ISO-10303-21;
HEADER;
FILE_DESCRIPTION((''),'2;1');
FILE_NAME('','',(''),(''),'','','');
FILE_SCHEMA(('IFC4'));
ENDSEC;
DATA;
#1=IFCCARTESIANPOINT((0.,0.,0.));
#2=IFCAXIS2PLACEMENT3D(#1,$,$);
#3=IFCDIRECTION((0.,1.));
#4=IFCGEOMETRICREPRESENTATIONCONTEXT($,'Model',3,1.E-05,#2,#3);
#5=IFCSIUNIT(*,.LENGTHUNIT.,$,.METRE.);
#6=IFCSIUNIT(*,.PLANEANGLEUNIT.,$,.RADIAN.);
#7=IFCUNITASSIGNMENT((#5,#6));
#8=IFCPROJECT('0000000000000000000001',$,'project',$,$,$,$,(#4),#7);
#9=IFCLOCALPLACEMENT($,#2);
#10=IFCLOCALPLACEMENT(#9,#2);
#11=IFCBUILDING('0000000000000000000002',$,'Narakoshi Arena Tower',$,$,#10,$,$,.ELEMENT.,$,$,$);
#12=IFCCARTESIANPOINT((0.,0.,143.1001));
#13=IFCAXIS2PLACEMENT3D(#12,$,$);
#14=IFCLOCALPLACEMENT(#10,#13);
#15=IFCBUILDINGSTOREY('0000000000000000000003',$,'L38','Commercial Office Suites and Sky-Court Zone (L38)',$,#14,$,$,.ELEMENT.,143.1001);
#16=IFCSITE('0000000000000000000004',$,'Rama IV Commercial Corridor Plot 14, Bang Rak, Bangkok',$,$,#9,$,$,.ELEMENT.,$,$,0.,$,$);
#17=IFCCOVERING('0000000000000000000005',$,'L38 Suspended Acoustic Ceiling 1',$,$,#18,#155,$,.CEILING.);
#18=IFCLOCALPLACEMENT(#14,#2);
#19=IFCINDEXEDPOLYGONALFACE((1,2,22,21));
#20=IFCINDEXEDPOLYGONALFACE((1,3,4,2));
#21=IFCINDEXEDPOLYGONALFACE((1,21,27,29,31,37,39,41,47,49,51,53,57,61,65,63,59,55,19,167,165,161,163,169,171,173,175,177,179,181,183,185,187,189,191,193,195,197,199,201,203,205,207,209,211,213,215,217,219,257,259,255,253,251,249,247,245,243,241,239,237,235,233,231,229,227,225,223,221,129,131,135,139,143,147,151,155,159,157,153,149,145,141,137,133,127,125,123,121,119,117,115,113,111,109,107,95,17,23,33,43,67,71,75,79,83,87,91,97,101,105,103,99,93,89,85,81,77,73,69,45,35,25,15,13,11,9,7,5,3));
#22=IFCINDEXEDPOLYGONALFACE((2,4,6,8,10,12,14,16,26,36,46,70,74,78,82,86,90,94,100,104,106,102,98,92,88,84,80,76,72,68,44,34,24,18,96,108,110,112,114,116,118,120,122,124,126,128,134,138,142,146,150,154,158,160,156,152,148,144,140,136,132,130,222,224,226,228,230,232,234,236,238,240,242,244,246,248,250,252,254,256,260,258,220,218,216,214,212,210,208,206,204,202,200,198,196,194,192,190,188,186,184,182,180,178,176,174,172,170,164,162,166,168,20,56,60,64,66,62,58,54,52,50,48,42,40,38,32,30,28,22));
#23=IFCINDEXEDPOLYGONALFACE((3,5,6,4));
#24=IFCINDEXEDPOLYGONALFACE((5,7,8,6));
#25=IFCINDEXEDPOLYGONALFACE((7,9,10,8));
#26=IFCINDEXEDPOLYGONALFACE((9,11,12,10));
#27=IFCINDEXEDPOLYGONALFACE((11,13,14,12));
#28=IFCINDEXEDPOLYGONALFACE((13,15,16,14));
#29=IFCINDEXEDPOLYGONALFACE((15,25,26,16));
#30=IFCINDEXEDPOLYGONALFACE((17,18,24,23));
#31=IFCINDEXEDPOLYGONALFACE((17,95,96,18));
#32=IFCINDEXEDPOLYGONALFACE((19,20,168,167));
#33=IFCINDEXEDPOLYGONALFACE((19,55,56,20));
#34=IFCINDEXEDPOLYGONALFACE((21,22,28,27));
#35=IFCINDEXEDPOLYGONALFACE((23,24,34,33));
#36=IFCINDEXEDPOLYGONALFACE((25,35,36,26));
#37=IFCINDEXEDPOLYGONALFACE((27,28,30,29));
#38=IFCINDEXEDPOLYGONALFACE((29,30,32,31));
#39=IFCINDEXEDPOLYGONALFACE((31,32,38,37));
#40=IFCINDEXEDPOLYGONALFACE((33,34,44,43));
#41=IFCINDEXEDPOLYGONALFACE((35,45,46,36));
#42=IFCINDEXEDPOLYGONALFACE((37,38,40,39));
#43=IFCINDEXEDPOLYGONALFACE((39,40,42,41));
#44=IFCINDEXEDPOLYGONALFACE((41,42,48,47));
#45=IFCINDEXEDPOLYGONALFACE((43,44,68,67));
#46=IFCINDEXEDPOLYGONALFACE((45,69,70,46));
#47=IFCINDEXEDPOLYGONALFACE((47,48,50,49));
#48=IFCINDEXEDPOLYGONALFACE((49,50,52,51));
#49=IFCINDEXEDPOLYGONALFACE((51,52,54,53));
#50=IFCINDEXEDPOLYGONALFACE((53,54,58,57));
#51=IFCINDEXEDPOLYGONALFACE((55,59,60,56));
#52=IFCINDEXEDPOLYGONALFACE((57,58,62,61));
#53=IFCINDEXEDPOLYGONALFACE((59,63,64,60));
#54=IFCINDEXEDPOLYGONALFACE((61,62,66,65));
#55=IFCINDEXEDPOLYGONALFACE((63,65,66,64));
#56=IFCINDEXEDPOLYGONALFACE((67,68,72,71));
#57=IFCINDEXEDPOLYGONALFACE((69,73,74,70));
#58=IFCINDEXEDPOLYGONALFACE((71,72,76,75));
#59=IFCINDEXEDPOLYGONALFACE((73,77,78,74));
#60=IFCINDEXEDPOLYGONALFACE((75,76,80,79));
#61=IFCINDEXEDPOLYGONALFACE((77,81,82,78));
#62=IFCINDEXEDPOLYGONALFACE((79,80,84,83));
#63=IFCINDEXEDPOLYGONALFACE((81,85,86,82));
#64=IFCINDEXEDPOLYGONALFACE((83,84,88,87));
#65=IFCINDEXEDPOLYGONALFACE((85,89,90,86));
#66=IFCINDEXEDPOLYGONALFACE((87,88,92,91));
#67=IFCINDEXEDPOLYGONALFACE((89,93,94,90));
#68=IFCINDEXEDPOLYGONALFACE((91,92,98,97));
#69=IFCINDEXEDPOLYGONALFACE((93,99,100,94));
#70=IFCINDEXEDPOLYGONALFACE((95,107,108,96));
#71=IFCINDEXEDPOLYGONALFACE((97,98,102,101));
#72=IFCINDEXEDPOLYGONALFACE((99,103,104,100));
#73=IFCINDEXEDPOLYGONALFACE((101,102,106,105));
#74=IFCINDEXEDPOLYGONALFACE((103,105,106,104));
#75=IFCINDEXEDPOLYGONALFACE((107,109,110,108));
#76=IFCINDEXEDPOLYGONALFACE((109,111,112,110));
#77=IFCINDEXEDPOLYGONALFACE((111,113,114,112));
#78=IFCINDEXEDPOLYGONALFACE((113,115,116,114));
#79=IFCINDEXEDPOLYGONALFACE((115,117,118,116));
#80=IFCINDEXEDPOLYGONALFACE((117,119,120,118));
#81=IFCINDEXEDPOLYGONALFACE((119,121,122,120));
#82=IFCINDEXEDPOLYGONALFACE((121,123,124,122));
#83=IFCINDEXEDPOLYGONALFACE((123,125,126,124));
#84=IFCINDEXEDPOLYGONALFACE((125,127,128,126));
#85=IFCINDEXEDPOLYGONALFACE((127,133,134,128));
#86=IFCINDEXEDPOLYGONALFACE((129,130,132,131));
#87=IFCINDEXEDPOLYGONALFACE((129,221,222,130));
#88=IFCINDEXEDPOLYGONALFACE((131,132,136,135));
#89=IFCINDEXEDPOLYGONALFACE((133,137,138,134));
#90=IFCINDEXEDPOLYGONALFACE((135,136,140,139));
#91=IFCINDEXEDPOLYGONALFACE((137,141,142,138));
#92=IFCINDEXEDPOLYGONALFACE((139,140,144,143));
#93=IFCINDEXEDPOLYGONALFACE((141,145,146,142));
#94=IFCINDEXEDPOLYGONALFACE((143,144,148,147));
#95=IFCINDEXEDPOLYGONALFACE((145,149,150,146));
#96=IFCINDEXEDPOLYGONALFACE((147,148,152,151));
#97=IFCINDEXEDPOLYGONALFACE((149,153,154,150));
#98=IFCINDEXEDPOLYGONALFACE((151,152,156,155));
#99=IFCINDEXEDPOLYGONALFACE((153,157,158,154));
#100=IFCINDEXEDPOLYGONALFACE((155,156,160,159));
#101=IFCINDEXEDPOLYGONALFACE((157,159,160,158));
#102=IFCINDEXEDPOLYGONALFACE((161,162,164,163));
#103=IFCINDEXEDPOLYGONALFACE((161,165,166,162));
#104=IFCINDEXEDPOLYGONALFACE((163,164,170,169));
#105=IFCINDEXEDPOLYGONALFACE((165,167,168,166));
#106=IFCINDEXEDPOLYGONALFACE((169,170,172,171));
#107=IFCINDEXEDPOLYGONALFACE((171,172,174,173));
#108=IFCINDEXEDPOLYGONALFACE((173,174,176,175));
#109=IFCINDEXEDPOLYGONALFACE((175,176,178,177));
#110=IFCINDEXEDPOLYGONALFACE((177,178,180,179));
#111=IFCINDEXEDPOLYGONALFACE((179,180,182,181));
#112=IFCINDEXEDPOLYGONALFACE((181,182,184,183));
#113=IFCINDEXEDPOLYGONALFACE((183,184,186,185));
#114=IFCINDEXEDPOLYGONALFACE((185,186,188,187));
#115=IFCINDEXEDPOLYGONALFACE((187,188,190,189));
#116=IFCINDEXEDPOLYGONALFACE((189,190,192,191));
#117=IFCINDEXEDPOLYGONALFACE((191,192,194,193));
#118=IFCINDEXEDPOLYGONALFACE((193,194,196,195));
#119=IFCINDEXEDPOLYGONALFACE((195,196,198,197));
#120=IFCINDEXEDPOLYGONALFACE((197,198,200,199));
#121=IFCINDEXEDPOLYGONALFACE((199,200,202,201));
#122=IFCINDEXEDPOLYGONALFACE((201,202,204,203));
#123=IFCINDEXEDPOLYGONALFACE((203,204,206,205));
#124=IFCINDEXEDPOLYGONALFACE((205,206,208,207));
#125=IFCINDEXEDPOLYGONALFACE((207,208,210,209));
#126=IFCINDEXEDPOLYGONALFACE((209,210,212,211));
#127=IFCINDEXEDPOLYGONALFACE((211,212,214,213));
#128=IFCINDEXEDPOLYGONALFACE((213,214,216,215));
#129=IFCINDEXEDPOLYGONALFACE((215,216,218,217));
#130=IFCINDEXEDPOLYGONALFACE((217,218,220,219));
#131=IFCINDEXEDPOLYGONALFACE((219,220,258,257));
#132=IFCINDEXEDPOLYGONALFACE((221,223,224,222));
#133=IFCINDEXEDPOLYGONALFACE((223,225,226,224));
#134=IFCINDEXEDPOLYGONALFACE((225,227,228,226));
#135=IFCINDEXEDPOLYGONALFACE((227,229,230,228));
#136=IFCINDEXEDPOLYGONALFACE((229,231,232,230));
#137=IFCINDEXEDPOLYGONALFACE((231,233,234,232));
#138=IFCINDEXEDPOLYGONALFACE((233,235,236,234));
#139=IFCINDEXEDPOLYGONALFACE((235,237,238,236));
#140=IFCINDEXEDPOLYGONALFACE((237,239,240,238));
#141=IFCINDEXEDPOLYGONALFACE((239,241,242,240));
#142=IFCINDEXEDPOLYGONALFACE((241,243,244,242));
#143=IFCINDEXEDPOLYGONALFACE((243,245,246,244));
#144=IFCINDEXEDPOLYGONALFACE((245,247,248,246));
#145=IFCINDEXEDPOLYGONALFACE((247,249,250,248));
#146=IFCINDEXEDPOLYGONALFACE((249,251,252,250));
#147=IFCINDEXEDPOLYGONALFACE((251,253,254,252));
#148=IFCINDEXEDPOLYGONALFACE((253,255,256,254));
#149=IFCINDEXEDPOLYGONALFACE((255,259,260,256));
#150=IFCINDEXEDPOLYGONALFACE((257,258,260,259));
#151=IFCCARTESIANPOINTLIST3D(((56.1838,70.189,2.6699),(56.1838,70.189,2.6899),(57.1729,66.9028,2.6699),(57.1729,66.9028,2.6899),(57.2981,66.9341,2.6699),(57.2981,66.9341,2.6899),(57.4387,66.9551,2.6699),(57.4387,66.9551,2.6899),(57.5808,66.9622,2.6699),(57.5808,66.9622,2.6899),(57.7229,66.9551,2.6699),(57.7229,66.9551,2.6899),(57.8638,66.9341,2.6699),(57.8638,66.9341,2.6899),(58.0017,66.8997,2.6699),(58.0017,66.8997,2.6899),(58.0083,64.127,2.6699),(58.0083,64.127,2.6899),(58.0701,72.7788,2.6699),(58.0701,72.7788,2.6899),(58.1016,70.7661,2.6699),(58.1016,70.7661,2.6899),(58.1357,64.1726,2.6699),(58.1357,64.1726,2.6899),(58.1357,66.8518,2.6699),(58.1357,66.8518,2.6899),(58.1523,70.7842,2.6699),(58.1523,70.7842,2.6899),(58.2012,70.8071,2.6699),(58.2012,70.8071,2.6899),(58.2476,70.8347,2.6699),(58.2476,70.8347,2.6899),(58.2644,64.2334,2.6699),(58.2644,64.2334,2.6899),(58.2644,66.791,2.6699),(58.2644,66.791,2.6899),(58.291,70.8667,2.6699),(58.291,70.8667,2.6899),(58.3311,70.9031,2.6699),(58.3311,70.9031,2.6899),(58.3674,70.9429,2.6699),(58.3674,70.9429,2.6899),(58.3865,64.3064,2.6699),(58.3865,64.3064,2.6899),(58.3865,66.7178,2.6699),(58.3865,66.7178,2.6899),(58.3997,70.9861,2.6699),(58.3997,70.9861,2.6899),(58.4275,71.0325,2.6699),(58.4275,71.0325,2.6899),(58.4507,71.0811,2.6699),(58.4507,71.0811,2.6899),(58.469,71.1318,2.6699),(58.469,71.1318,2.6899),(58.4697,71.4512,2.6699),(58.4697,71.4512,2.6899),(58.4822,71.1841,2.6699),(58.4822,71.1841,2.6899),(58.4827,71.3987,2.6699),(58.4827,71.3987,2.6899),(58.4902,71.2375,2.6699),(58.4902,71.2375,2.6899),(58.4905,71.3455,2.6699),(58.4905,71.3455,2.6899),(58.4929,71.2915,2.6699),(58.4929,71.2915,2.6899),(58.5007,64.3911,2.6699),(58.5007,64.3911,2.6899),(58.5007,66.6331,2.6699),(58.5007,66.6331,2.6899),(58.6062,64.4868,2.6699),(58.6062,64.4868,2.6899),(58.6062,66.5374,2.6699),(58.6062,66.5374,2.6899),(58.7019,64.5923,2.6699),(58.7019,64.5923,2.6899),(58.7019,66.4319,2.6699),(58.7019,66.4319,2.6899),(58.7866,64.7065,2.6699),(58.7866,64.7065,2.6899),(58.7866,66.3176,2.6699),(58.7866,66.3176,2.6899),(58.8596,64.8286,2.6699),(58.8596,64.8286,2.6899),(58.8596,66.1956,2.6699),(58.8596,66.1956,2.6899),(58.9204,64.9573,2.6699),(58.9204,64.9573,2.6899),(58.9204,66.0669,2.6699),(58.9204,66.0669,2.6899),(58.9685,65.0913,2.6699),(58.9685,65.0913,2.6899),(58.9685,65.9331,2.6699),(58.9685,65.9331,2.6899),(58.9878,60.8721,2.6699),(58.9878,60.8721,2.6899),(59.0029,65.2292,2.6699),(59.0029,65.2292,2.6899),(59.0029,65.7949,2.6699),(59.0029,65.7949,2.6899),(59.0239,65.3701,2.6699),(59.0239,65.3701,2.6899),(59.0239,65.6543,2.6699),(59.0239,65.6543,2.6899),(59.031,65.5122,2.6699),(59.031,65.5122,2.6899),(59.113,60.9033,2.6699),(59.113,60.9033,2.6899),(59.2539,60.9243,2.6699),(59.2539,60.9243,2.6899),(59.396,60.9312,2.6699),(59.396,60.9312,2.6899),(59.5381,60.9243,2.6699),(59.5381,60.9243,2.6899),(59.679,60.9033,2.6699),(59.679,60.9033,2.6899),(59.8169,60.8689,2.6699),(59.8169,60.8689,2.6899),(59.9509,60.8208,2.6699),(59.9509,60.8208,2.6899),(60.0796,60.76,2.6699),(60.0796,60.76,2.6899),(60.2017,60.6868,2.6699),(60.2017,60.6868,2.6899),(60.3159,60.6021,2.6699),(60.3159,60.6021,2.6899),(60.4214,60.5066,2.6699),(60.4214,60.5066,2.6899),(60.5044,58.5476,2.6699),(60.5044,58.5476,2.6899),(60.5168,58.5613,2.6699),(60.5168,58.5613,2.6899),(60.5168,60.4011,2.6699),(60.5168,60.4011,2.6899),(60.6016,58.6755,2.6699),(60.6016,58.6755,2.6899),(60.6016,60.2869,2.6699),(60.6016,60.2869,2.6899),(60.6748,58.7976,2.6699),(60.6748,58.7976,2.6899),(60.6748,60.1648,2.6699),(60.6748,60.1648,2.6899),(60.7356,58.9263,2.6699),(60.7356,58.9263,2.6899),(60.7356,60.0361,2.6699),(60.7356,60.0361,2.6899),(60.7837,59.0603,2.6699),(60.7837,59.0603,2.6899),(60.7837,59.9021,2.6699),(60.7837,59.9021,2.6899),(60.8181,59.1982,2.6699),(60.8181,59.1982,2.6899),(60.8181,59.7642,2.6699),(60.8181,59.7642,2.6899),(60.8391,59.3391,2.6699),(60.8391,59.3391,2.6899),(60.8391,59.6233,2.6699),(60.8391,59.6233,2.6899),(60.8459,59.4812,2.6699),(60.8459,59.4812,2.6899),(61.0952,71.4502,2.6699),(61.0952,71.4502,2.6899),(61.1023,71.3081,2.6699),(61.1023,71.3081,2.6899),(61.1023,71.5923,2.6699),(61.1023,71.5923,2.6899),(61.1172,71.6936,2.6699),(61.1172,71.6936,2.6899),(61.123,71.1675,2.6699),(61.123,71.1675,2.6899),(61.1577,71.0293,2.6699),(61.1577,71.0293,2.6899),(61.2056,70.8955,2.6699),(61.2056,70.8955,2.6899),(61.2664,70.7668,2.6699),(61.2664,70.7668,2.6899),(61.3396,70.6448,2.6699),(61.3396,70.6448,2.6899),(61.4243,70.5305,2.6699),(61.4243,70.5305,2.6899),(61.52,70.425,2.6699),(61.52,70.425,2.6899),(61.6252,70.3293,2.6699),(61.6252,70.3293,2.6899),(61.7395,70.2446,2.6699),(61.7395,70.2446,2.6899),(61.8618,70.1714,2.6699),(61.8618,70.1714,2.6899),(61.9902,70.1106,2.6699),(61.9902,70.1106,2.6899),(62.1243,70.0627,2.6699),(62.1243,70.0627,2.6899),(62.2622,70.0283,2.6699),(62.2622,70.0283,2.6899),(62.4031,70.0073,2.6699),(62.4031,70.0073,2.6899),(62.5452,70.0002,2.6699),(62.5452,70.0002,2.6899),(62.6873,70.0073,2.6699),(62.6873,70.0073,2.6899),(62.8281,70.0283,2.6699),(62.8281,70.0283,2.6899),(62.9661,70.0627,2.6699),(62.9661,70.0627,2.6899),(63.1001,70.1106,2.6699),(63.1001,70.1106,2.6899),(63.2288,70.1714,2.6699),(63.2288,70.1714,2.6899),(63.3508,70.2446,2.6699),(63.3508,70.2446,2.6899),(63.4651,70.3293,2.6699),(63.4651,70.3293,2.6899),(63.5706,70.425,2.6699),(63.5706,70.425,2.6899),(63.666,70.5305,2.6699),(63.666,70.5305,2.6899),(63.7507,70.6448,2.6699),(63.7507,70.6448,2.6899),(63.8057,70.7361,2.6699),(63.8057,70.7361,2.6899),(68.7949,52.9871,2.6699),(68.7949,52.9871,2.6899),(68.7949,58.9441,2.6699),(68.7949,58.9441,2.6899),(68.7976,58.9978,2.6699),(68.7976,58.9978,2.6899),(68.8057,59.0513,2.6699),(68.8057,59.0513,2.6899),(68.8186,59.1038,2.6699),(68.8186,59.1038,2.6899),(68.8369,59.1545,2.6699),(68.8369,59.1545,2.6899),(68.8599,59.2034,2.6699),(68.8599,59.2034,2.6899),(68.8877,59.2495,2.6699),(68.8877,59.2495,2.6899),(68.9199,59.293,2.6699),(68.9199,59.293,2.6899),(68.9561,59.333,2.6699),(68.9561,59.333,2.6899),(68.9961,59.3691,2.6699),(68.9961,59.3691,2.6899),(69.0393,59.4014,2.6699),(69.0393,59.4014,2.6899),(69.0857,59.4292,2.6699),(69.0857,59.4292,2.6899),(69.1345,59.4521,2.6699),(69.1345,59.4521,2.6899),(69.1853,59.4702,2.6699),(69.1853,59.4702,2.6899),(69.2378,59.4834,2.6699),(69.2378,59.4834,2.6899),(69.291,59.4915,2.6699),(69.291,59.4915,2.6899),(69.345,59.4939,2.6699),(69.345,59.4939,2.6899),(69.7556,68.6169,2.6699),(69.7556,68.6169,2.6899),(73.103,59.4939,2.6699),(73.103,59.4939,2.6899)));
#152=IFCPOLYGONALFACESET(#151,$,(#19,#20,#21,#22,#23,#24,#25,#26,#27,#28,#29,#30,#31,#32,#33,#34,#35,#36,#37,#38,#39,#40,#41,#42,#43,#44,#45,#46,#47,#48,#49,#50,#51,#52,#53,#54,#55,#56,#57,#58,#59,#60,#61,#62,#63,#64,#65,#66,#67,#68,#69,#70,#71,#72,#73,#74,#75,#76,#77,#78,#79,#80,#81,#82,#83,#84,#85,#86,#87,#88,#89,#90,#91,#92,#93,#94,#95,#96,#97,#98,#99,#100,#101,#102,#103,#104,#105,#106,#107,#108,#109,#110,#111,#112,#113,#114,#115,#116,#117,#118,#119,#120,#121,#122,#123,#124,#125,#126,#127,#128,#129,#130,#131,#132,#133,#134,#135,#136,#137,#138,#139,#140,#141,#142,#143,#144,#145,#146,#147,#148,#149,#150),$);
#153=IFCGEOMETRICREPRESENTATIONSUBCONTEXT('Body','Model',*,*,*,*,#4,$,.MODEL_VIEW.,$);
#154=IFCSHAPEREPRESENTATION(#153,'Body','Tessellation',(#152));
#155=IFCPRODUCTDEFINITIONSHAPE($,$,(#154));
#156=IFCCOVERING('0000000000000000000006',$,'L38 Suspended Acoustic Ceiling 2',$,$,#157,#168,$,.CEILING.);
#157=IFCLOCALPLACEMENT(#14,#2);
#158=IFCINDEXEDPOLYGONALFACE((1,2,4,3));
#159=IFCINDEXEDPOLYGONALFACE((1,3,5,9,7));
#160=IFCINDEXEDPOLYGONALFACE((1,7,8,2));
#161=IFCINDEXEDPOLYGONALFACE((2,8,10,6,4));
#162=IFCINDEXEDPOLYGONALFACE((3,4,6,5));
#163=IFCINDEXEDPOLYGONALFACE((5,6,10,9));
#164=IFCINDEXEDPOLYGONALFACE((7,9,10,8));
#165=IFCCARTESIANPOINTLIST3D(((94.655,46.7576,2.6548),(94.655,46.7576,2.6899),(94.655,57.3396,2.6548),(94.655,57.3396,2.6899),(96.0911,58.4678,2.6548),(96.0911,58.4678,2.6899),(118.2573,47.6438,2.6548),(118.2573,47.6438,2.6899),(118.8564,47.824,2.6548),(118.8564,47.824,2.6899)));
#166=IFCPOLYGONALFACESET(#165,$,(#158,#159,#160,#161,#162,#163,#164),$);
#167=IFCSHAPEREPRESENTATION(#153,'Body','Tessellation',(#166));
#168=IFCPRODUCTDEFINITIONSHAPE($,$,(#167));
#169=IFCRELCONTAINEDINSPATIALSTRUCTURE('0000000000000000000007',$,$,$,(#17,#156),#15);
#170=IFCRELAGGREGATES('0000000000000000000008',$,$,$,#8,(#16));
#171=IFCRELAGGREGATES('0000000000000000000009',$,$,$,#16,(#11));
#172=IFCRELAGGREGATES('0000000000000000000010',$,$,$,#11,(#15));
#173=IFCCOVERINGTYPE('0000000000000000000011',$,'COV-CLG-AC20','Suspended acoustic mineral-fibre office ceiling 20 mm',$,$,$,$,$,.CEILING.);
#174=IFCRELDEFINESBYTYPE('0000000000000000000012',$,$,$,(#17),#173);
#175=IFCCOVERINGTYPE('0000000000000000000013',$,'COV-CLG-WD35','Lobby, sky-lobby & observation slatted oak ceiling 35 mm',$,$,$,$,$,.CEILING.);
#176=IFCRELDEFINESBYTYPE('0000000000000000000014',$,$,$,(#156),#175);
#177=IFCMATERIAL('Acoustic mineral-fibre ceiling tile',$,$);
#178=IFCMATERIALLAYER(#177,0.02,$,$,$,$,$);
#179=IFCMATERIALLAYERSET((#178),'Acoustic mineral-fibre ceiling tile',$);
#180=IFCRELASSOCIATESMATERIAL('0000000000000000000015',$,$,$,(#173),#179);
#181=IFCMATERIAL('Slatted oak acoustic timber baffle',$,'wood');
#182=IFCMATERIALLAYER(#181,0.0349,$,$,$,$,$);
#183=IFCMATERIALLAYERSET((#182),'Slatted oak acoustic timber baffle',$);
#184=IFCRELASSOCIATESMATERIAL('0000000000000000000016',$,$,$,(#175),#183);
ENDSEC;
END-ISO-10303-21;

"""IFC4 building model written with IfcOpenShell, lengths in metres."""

from ifc_helpers import new_model, si_unit, direction, frame, origin, place, context, subcontext, project, spatial, polyline, outline, extrude, material, layer, layer_set, type_object, element, save


model = new_model("IFC4")

# Units and contexts
model_context = context("Model", 3, precision=1e-05, world=origin(), true_north=direction((0.0, 1.0)))
body_context = subcontext(model_context, "Body", "Model", "MODEL_VIEW")
ifc_project = project(units=[si_unit("LENGTHUNIT", "METRE"), si_unit("PLANEANGLEUNIT", "RADIAN")], contexts=[model_context])

# Site, building, storey
site_placement = place(None, origin())
site = spatial("IfcSite", under=ifc_project, at=site_placement, Name="Rama IV Commercial Corridor Plot 14, Bang Rak, Bangkok", CompositionType="ELEMENT", RefElevation=0.0)
building_placement = place(site_placement, origin())
building = spatial("IfcBuilding", under=site, at=building_placement, Name="Narakoshi Arena Tower", CompositionType="ELEMENT")
storey_placement = place(building_placement, frame((0.0, 0.0, 143.1001)))
storey = spatial("IfcBuildingStorey", under=building, at=storey_placement, Name="L38", Description="Commercial Office Suites and Sky-Court Zone (L38)", CompositionType="ELEMENT", Elevation=143.1001)

# Coverings
ifc_material_1 = material(Name="Acoustic mineral-fibre ceiling tile")
ifc_layer_1 = layer(ifc_material_1, 0.02)
ifc_layer_set_1 = layer_set([ifc_layer_1], Name="Acoustic mineral-fibre ceiling tile")
covering_type_1 = type_object("IfcCoveringType", Name="COV-CLG-AC20", Description="Suspended acoustic mineral-fibre office ceiling 20 mm", PredefinedType="CEILING", material=ifc_layer_set_1)
covering_1_placement = place(storey_placement, frame((0.0, 0.0, 2.6699)))
element("IfcCovering", 1, at=covering_1_placement, inside=storey, type_object=covering_type_1, Name="L38 Suspended Acoustic Ceiling 1", PredefinedType="CEILING", context=body_context, shape_type="SweptSolid", body=[
    extrude(outline(polyline([(58.1016, 70.7661), (58.1523, 70.7842), (58.2012, 70.8071), (58.2476, 70.8347), (58.291, 70.8667), (58.3311, 70.9031), (58.3674, 70.9429), (58.3997, 70.9861), (58.4275, 71.0325), (58.4507, 71.0811), (58.469, 71.1318), (58.4822, 71.1841), (58.4902, 71.2375), (58.4929, 71.2915), (58.4905, 71.3455), (58.4827, 71.3987), (58.4697, 71.4512), (58.0701, 72.7788), (61.1172, 71.6936), (61.1023, 71.5923), (61.0952, 71.4502), (61.1023, 71.3081), (61.123, 71.1675), (61.1577, 71.0293), (61.2056, 70.8955), (61.2664, 70.7668), (61.3396, 70.6448), (61.4243, 70.5305), (61.52, 70.425), (61.6252, 70.3293), (61.7395, 70.2446), (61.8618, 70.1714), (61.9902, 70.1106), (62.1243, 70.0627), (62.2622, 70.0283), (62.4031, 70.0073), (62.5452, 70.0002), (62.6873, 70.0073), (62.8281, 70.0283), (62.9661, 70.0627), (63.1001, 70.1106), (63.2288, 70.1714), (63.3508, 70.2446), (63.4651, 70.3293), (63.5706, 70.425), (63.666, 70.5305), (63.7507, 70.6448), (63.8057, 70.7361), (69.7556, 68.6169), (73.103, 59.4939), (69.345, 59.4939), (69.291, 59.4915), (69.2378, 59.4834), (69.1853, 59.4702), (69.1345, 59.4521), (69.0857, 59.4292), (69.0393, 59.4014), (68.9961, 59.3691), (68.9561, 59.333), (68.9199, 59.293), (68.8877, 59.2495), (68.8599, 59.2034), (68.8369, 59.1545), (68.8186, 59.1038), (68.8057, 59.0513), (68.7976, 58.9978), (68.7949, 58.9441), (68.7949, 52.9871), (60.5044, 58.5476), (60.5168, 58.5613), (60.6016, 58.6755), (60.6748, 58.7976), (60.7356, 58.9263), (60.7837, 59.0603), (60.8181, 59.1982), (60.8391, 59.3391), (60.8459, 59.4812), (60.8391, 59.6233), (60.8181, 59.7642), (60.7837, 59.9021), (60.7356, 60.0361), (60.6748, 60.1648), (60.6016, 60.2869), (60.5168, 60.4011), (60.4214, 60.5066), (60.3159, 60.6021), (60.2017, 60.6868), (60.0796, 60.76), (59.9509, 60.8208), (59.8169, 60.8689), (59.679, 60.9033), (59.5381, 60.9243), (59.396, 60.9312), (59.2539, 60.9243), (59.113, 60.9033), (58.9878, 60.8721), (58.0083, 64.127), (58.1357, 64.1726), (58.2644, 64.2334), (58.3865, 64.3064), (58.5007, 64.3911), (58.6062, 64.4868), (58.7019, 64.5923), (58.7866, 64.7065), (58.8596, 64.8286), (58.9204, 64.9573), (58.9685, 65.0913), (59.0029, 65.2292), (59.0239, 65.3701), (59.031, 65.5122), (59.0239, 65.6543), (59.0029, 65.7949), (58.9685, 65.9331), (58.9204, 66.0669), (58.8596, 66.1956), (58.7866, 66.3176), (58.7019, 66.4319), (58.6062, 66.5374), (58.5007, 66.6331), (58.3865, 66.7178), (58.2644, 66.791), (58.1357, 66.8518), (58.0017, 66.8997), (57.8638, 66.9341), (57.7229, 66.9551), (57.5808, 66.9622), (57.4387, 66.9551), (57.2981, 66.9341), (57.1729, 66.9028), (56.1838, 70.189), (58.1016, 70.7661)])), origin(), (0.0, 0.0, 1.0), 0.02),
])
ifc_material_2 = material(Name="Slatted oak acoustic timber baffle", Category="wood")
ifc_layer_2 = layer(ifc_material_2, 0.0349)
ifc_layer_set_2 = layer_set([ifc_layer_2], Name="Slatted oak acoustic timber baffle")
covering_type_2 = type_object("IfcCoveringType", Name="COV-CLG-WD35", Description="Lobby, sky-lobby & observation slatted oak ceiling 35 mm", PredefinedType="CEILING", material=ifc_layer_set_2)
covering_2_placement = place(storey_placement, frame((0.0, 0.0, 2.6548)))
element("IfcCovering", 2, at=covering_2_placement, inside=storey, type_object=covering_type_2, Name="L38 Suspended Acoustic Ceiling 2", PredefinedType="CEILING", context=body_context, shape_type="SweptSolid", body=[
    extrude(outline(polyline([(118.2573, 47.6438), (94.655, 46.7576), (94.655, 57.3396), (96.0911, 58.4678), (118.8564, 47.824), (118.2573, 47.6438)])), origin(), (0.0, 0.0, 1.0), 0.0352),
])

save(model, "model.ifc")
